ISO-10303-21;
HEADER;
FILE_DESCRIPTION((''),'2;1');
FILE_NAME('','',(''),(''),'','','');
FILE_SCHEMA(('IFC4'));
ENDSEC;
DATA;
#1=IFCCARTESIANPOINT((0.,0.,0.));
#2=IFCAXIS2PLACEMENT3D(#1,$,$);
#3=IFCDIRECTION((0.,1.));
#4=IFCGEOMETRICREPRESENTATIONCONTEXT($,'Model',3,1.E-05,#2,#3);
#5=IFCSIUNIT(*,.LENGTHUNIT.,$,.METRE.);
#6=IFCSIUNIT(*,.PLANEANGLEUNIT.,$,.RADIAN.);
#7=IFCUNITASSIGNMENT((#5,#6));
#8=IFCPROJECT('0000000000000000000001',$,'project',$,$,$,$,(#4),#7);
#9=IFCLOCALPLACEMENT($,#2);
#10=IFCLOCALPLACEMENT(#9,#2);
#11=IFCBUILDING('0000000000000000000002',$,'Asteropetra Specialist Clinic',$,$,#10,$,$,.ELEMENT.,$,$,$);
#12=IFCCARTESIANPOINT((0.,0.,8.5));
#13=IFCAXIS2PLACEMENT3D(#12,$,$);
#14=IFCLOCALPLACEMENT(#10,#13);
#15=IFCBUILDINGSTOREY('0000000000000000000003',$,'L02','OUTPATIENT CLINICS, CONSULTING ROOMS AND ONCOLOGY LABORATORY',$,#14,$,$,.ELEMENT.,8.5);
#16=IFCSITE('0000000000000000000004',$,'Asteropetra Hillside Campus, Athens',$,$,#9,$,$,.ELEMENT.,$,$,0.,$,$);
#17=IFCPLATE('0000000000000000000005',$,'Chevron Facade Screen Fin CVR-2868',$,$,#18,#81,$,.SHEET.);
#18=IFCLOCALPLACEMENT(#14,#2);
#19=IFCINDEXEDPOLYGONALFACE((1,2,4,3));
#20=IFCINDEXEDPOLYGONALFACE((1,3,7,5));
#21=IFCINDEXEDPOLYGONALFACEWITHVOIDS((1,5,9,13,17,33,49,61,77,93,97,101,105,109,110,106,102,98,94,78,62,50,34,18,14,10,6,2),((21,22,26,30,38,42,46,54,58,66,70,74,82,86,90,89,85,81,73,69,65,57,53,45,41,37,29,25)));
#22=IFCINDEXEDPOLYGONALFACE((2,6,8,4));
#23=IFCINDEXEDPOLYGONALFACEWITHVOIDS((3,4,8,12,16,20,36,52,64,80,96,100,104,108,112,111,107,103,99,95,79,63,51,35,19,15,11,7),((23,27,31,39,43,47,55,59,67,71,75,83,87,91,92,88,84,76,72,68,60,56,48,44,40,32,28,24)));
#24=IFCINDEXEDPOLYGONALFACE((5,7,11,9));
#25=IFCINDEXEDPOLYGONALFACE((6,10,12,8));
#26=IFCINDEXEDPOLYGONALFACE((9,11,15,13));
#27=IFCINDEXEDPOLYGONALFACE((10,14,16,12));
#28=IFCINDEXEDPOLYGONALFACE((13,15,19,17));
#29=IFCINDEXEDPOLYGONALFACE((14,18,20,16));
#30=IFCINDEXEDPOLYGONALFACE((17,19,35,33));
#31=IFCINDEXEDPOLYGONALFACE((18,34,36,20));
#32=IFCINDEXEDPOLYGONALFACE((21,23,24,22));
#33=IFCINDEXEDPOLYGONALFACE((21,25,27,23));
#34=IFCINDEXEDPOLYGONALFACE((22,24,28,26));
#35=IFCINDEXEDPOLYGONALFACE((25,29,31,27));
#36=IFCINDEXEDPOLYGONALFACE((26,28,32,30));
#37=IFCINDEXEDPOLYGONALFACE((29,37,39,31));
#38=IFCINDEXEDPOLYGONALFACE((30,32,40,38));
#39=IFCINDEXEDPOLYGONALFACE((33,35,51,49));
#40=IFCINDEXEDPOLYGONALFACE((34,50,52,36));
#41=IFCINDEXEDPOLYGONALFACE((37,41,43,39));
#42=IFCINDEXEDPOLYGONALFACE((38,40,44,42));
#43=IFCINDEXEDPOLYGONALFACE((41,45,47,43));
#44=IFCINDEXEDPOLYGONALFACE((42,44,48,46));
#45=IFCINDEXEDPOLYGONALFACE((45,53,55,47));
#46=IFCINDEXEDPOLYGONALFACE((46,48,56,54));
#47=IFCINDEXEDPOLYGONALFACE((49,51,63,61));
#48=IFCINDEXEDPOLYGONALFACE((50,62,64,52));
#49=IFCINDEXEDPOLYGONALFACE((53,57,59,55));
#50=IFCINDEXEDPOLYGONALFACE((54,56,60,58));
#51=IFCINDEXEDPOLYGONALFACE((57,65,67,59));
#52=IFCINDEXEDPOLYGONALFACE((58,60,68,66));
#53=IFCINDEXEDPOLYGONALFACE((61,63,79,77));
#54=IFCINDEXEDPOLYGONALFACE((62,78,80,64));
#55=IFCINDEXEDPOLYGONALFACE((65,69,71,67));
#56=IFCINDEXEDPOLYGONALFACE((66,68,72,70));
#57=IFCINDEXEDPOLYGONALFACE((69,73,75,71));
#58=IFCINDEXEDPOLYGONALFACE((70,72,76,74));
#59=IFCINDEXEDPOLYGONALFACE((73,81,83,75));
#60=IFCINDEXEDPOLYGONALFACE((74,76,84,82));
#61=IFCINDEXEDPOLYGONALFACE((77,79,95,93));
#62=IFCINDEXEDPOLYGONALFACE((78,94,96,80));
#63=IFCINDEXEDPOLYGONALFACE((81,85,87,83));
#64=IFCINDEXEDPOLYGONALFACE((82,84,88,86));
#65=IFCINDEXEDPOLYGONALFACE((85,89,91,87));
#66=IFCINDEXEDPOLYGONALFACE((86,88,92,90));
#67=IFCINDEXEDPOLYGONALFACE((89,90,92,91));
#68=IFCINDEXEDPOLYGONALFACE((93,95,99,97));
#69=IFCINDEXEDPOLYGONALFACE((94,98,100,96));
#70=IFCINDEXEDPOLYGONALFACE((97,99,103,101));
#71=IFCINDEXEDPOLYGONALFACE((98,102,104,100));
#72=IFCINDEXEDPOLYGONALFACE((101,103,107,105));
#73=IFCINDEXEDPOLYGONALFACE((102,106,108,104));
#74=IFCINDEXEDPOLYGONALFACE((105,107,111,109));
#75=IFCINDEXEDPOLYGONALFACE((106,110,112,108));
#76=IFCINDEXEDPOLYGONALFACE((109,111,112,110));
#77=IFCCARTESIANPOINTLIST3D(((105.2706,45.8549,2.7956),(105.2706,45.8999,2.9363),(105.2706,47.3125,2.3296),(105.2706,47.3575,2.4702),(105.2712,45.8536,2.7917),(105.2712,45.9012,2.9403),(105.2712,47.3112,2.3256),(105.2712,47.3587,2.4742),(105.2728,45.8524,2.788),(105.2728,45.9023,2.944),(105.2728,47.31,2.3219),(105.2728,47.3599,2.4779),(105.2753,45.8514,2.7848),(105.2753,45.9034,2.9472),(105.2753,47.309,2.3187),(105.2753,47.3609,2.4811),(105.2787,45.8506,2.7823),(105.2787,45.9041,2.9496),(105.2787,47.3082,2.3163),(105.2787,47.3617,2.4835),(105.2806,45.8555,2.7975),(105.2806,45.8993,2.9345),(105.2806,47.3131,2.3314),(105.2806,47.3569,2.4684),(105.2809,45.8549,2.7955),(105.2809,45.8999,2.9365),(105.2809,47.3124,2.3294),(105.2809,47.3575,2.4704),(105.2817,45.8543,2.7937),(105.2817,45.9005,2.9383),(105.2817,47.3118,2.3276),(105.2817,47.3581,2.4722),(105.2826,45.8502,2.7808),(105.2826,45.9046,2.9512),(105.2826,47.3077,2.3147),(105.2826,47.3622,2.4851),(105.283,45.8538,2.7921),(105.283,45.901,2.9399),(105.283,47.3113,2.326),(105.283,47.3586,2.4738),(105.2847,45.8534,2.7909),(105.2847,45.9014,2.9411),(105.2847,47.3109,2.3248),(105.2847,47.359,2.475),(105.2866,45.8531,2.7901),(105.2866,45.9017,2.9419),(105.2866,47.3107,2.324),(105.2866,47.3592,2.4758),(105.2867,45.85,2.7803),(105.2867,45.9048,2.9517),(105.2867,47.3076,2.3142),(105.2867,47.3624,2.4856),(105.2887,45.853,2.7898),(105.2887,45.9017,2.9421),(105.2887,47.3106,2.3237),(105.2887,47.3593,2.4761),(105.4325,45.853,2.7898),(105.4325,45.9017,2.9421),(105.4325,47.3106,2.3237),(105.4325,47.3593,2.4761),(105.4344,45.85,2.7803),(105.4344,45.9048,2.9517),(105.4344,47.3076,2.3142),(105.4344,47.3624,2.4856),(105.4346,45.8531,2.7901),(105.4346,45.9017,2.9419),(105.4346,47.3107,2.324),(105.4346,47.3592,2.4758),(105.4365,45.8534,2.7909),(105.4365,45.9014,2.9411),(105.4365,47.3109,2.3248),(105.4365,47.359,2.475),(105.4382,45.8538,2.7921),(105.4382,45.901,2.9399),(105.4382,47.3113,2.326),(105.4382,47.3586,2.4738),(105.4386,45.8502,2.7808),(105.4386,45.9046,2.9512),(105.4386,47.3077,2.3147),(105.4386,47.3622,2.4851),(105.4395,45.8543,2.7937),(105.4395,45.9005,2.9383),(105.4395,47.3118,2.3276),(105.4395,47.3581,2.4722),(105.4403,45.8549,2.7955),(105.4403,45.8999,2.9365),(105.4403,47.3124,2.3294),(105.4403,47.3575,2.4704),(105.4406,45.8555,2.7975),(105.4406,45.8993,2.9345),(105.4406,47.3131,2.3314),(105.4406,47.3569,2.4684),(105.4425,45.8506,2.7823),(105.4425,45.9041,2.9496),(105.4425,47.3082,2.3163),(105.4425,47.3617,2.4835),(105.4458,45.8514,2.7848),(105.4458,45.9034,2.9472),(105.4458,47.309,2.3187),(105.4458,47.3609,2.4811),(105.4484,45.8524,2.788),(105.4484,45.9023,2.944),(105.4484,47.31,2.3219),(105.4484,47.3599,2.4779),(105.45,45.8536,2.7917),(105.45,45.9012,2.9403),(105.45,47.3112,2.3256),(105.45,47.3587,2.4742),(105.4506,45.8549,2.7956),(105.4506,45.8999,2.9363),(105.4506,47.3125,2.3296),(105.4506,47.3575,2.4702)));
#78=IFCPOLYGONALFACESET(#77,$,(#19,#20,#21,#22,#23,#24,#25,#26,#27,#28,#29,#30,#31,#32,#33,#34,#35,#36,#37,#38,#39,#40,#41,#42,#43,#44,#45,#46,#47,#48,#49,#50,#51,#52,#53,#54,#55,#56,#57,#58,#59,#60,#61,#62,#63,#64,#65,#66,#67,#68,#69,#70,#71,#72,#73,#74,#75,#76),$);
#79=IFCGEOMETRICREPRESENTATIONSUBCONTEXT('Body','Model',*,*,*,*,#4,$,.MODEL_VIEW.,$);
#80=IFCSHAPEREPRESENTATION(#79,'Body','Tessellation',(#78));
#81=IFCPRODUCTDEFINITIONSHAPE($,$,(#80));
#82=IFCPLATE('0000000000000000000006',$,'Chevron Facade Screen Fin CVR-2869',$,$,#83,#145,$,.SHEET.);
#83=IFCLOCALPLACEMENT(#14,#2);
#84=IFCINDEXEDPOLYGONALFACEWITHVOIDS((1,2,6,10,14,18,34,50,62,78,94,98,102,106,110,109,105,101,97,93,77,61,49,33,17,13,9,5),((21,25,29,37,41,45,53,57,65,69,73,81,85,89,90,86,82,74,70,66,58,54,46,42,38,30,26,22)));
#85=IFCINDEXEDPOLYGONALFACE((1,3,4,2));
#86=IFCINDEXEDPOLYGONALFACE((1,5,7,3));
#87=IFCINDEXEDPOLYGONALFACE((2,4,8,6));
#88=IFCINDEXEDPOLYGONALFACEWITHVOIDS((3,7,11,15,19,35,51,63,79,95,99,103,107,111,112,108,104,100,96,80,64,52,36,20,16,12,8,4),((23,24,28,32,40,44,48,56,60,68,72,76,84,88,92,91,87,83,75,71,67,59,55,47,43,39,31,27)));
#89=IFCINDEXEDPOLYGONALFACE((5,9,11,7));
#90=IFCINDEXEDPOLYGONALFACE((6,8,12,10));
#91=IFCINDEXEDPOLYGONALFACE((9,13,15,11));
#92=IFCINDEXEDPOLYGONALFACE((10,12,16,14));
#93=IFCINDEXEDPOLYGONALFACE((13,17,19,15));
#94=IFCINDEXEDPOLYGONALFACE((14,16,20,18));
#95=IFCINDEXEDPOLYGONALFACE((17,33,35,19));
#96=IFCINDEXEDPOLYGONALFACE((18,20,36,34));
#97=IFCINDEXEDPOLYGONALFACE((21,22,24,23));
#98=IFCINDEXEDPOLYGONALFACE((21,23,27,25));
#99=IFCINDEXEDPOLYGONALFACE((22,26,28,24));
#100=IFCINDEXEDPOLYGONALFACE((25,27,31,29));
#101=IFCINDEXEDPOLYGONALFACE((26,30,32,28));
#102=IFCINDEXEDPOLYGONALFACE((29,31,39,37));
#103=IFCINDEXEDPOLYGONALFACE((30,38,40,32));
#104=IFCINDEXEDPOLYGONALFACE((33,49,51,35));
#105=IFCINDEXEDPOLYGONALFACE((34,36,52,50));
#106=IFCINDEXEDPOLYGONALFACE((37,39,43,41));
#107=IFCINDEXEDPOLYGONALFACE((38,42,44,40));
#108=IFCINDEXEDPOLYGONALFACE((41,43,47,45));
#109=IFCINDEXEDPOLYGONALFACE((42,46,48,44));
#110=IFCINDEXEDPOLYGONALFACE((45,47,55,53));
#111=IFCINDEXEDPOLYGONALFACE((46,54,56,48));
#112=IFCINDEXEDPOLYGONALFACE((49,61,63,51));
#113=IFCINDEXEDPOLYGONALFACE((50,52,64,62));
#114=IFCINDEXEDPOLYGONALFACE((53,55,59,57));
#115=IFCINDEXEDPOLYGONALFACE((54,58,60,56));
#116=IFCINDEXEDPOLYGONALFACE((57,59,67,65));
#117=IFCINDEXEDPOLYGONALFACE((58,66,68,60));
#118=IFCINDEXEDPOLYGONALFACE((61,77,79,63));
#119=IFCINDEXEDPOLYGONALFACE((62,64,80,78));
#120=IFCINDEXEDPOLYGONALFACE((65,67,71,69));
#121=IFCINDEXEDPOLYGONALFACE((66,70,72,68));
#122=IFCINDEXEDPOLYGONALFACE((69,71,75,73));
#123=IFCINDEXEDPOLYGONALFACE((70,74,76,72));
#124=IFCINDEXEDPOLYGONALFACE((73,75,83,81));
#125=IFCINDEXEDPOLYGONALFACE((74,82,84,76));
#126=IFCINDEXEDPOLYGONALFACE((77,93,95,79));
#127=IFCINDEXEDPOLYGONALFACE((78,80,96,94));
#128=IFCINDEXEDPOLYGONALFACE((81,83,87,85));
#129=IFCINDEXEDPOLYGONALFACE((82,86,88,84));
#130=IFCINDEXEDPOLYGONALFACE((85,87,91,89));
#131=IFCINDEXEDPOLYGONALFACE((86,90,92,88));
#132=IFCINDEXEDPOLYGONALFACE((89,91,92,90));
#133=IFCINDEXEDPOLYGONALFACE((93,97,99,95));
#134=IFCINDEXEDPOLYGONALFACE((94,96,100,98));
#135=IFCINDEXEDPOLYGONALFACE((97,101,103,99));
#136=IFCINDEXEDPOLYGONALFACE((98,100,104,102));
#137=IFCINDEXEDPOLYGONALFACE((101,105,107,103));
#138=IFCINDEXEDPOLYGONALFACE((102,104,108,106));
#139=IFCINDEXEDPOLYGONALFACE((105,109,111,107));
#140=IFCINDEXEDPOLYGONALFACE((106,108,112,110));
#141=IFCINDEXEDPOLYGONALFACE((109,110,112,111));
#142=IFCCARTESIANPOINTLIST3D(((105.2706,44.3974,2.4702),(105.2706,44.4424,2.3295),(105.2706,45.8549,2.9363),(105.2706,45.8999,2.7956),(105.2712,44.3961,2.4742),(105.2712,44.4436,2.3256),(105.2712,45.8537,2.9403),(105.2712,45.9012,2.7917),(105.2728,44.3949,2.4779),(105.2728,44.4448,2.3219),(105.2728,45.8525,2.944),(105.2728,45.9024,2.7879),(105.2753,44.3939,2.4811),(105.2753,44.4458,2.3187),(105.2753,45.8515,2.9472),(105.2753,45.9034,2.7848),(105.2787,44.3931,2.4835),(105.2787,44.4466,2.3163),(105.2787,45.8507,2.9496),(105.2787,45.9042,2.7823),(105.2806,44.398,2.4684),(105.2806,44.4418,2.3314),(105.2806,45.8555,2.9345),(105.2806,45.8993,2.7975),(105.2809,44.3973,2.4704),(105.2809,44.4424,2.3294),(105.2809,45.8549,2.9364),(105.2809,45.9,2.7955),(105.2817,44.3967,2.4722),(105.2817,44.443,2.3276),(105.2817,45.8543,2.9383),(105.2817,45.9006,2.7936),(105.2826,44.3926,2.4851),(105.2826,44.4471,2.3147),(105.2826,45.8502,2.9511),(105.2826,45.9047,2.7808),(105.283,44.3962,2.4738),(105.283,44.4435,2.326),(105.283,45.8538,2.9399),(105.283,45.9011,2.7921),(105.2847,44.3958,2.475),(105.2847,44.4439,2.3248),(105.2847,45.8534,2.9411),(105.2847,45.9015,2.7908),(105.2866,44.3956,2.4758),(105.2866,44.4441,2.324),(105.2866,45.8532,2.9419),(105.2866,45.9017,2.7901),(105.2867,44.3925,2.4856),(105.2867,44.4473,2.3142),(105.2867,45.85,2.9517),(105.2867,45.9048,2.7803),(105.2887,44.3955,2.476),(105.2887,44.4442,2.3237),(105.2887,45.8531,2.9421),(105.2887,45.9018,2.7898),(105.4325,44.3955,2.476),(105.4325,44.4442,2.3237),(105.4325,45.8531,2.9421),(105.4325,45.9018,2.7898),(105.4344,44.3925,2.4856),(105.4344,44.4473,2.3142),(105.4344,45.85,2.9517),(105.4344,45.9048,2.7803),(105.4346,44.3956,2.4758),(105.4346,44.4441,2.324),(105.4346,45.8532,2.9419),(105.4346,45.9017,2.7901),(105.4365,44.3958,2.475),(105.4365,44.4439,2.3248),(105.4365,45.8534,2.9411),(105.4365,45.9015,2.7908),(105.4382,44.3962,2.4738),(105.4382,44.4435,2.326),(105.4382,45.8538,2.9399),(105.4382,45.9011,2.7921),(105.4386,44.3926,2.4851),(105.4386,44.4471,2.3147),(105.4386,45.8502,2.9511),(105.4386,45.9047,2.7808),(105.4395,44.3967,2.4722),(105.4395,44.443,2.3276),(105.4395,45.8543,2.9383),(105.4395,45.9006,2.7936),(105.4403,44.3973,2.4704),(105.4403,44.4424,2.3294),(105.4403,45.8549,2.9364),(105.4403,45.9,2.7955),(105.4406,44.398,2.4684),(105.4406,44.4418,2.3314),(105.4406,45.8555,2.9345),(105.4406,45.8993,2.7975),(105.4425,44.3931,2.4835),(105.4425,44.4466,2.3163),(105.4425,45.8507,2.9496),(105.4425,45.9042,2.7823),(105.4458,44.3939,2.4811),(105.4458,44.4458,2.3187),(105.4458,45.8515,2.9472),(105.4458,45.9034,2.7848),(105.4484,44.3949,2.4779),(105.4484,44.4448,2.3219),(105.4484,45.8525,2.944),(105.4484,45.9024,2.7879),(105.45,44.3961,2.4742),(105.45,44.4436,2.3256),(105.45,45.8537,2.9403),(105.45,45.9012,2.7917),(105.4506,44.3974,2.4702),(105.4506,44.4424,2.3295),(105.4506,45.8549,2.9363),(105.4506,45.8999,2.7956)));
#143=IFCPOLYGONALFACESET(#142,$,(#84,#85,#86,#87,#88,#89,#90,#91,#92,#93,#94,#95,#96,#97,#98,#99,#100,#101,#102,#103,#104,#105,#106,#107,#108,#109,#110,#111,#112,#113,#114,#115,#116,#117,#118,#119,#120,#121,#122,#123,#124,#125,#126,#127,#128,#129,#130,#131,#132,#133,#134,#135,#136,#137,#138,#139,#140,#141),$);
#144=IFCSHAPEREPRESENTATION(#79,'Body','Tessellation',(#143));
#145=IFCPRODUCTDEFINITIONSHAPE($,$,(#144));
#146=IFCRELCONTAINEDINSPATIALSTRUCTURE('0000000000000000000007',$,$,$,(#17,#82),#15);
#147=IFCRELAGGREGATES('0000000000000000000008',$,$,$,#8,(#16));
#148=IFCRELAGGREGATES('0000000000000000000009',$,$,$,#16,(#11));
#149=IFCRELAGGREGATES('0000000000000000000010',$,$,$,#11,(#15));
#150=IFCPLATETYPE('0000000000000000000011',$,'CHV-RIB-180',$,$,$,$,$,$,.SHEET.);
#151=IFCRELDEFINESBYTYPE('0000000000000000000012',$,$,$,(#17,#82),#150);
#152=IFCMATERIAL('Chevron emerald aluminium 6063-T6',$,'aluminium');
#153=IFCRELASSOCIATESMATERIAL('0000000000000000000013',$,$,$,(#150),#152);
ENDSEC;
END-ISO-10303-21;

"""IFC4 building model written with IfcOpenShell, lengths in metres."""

from ifc_helpers import new_model, si_unit, direction, frame, origin, origin_2d, place, context, subcontext, project, spatial, hollow_rectangle, extrude, material, material_profile, profile_set, type_object, element, save


model = new_model("IFC4")

# Units and contexts
model_context = context("Model", 3, precision=1e-05, world=origin(), true_north=direction((0.0, 1.0)))
body_context = subcontext(model_context, "Body", "Model", "MODEL_VIEW")
ifc_project = project(units=[si_unit("LENGTHUNIT", "METRE"), si_unit("PLANEANGLEUNIT", "RADIAN")], contexts=[model_context])

# Site, building, storey
site_placement = place(None, origin())
site = spatial("IfcSite", under=ifc_project, at=site_placement, Name="Asteropetra Hillside Campus, Athens", CompositionType="ELEMENT", RefElevation=0.0)
building_placement = place(site_placement, origin())
building = spatial("IfcBuilding", under=site, at=building_placement, Name="Asteropetra Specialist Clinic", CompositionType="ELEMENT")
storey_placement = place(building_placement, frame((0.0, 0.0, 8.5)))
storey = spatial("IfcBuildingStorey", under=building, at=storey_placement, Name="L02", Description="OUTPATIENT CLINICS, CONSULTING ROOMS AND ONCOLOGY LABORATORY", CompositionType="ELEMENT", Elevation=8.5)

# Plates
ifc_material_1 = material(Name="Chevron emerald aluminium 6063-T6", Category="aluminium")
ifc_material_profile = material_profile(ifc_material_1, hollow_rectangle(XDim=0.1799, YDim=0.1799, WallThickness=0.01, InnerFilletRadius=0.0081, OuterFilletRadius=0.0161, at=origin_2d()), Name="SHS 180x180x10.0")
ifc_profile_set = profile_set([ifc_material_profile], Name="Chevron emerald aluminium 6063-T6")
plate_type_1 = type_object("IfcPlateType", Name="CHV-RIB-180", PredefinedType="SHEET", material=ifc_profile_set)
for number, where, z_axis, x_axis, name in (
    (1, (105.3606, 47.335, 2.3999), (0.0, -0.952489, 0.304573), (1.0, 0.0, 0.0), "Chevron Facade Screen Fin CVR-2868"),
    (2, (105.3606, 45.8774, 2.866), (0.0, -0.952489, -0.304573), (1.0, 0.0, 0.0), "Chevron Facade Screen Fin CVR-2869"),
):
    element("IfcPlate", number, at=place(storey_placement, frame(where, z_axis=z_axis, x_axis=x_axis)), inside=storey, type_object=plate_type_1, Name=name, PredefinedType="SHEET", context=body_context, shape_type="SweptSolid", body=[
        extrude(hollow_rectangle(XDim=0.1799, YDim=0.1799, WallThickness=0.01, InnerFilletRadius=0.0081, OuterFilletRadius=0.0161, at=origin_2d()), origin(), (0.0, 0.0, 1.0), 1.5303),
    ])

save(model, "model.ifc")
